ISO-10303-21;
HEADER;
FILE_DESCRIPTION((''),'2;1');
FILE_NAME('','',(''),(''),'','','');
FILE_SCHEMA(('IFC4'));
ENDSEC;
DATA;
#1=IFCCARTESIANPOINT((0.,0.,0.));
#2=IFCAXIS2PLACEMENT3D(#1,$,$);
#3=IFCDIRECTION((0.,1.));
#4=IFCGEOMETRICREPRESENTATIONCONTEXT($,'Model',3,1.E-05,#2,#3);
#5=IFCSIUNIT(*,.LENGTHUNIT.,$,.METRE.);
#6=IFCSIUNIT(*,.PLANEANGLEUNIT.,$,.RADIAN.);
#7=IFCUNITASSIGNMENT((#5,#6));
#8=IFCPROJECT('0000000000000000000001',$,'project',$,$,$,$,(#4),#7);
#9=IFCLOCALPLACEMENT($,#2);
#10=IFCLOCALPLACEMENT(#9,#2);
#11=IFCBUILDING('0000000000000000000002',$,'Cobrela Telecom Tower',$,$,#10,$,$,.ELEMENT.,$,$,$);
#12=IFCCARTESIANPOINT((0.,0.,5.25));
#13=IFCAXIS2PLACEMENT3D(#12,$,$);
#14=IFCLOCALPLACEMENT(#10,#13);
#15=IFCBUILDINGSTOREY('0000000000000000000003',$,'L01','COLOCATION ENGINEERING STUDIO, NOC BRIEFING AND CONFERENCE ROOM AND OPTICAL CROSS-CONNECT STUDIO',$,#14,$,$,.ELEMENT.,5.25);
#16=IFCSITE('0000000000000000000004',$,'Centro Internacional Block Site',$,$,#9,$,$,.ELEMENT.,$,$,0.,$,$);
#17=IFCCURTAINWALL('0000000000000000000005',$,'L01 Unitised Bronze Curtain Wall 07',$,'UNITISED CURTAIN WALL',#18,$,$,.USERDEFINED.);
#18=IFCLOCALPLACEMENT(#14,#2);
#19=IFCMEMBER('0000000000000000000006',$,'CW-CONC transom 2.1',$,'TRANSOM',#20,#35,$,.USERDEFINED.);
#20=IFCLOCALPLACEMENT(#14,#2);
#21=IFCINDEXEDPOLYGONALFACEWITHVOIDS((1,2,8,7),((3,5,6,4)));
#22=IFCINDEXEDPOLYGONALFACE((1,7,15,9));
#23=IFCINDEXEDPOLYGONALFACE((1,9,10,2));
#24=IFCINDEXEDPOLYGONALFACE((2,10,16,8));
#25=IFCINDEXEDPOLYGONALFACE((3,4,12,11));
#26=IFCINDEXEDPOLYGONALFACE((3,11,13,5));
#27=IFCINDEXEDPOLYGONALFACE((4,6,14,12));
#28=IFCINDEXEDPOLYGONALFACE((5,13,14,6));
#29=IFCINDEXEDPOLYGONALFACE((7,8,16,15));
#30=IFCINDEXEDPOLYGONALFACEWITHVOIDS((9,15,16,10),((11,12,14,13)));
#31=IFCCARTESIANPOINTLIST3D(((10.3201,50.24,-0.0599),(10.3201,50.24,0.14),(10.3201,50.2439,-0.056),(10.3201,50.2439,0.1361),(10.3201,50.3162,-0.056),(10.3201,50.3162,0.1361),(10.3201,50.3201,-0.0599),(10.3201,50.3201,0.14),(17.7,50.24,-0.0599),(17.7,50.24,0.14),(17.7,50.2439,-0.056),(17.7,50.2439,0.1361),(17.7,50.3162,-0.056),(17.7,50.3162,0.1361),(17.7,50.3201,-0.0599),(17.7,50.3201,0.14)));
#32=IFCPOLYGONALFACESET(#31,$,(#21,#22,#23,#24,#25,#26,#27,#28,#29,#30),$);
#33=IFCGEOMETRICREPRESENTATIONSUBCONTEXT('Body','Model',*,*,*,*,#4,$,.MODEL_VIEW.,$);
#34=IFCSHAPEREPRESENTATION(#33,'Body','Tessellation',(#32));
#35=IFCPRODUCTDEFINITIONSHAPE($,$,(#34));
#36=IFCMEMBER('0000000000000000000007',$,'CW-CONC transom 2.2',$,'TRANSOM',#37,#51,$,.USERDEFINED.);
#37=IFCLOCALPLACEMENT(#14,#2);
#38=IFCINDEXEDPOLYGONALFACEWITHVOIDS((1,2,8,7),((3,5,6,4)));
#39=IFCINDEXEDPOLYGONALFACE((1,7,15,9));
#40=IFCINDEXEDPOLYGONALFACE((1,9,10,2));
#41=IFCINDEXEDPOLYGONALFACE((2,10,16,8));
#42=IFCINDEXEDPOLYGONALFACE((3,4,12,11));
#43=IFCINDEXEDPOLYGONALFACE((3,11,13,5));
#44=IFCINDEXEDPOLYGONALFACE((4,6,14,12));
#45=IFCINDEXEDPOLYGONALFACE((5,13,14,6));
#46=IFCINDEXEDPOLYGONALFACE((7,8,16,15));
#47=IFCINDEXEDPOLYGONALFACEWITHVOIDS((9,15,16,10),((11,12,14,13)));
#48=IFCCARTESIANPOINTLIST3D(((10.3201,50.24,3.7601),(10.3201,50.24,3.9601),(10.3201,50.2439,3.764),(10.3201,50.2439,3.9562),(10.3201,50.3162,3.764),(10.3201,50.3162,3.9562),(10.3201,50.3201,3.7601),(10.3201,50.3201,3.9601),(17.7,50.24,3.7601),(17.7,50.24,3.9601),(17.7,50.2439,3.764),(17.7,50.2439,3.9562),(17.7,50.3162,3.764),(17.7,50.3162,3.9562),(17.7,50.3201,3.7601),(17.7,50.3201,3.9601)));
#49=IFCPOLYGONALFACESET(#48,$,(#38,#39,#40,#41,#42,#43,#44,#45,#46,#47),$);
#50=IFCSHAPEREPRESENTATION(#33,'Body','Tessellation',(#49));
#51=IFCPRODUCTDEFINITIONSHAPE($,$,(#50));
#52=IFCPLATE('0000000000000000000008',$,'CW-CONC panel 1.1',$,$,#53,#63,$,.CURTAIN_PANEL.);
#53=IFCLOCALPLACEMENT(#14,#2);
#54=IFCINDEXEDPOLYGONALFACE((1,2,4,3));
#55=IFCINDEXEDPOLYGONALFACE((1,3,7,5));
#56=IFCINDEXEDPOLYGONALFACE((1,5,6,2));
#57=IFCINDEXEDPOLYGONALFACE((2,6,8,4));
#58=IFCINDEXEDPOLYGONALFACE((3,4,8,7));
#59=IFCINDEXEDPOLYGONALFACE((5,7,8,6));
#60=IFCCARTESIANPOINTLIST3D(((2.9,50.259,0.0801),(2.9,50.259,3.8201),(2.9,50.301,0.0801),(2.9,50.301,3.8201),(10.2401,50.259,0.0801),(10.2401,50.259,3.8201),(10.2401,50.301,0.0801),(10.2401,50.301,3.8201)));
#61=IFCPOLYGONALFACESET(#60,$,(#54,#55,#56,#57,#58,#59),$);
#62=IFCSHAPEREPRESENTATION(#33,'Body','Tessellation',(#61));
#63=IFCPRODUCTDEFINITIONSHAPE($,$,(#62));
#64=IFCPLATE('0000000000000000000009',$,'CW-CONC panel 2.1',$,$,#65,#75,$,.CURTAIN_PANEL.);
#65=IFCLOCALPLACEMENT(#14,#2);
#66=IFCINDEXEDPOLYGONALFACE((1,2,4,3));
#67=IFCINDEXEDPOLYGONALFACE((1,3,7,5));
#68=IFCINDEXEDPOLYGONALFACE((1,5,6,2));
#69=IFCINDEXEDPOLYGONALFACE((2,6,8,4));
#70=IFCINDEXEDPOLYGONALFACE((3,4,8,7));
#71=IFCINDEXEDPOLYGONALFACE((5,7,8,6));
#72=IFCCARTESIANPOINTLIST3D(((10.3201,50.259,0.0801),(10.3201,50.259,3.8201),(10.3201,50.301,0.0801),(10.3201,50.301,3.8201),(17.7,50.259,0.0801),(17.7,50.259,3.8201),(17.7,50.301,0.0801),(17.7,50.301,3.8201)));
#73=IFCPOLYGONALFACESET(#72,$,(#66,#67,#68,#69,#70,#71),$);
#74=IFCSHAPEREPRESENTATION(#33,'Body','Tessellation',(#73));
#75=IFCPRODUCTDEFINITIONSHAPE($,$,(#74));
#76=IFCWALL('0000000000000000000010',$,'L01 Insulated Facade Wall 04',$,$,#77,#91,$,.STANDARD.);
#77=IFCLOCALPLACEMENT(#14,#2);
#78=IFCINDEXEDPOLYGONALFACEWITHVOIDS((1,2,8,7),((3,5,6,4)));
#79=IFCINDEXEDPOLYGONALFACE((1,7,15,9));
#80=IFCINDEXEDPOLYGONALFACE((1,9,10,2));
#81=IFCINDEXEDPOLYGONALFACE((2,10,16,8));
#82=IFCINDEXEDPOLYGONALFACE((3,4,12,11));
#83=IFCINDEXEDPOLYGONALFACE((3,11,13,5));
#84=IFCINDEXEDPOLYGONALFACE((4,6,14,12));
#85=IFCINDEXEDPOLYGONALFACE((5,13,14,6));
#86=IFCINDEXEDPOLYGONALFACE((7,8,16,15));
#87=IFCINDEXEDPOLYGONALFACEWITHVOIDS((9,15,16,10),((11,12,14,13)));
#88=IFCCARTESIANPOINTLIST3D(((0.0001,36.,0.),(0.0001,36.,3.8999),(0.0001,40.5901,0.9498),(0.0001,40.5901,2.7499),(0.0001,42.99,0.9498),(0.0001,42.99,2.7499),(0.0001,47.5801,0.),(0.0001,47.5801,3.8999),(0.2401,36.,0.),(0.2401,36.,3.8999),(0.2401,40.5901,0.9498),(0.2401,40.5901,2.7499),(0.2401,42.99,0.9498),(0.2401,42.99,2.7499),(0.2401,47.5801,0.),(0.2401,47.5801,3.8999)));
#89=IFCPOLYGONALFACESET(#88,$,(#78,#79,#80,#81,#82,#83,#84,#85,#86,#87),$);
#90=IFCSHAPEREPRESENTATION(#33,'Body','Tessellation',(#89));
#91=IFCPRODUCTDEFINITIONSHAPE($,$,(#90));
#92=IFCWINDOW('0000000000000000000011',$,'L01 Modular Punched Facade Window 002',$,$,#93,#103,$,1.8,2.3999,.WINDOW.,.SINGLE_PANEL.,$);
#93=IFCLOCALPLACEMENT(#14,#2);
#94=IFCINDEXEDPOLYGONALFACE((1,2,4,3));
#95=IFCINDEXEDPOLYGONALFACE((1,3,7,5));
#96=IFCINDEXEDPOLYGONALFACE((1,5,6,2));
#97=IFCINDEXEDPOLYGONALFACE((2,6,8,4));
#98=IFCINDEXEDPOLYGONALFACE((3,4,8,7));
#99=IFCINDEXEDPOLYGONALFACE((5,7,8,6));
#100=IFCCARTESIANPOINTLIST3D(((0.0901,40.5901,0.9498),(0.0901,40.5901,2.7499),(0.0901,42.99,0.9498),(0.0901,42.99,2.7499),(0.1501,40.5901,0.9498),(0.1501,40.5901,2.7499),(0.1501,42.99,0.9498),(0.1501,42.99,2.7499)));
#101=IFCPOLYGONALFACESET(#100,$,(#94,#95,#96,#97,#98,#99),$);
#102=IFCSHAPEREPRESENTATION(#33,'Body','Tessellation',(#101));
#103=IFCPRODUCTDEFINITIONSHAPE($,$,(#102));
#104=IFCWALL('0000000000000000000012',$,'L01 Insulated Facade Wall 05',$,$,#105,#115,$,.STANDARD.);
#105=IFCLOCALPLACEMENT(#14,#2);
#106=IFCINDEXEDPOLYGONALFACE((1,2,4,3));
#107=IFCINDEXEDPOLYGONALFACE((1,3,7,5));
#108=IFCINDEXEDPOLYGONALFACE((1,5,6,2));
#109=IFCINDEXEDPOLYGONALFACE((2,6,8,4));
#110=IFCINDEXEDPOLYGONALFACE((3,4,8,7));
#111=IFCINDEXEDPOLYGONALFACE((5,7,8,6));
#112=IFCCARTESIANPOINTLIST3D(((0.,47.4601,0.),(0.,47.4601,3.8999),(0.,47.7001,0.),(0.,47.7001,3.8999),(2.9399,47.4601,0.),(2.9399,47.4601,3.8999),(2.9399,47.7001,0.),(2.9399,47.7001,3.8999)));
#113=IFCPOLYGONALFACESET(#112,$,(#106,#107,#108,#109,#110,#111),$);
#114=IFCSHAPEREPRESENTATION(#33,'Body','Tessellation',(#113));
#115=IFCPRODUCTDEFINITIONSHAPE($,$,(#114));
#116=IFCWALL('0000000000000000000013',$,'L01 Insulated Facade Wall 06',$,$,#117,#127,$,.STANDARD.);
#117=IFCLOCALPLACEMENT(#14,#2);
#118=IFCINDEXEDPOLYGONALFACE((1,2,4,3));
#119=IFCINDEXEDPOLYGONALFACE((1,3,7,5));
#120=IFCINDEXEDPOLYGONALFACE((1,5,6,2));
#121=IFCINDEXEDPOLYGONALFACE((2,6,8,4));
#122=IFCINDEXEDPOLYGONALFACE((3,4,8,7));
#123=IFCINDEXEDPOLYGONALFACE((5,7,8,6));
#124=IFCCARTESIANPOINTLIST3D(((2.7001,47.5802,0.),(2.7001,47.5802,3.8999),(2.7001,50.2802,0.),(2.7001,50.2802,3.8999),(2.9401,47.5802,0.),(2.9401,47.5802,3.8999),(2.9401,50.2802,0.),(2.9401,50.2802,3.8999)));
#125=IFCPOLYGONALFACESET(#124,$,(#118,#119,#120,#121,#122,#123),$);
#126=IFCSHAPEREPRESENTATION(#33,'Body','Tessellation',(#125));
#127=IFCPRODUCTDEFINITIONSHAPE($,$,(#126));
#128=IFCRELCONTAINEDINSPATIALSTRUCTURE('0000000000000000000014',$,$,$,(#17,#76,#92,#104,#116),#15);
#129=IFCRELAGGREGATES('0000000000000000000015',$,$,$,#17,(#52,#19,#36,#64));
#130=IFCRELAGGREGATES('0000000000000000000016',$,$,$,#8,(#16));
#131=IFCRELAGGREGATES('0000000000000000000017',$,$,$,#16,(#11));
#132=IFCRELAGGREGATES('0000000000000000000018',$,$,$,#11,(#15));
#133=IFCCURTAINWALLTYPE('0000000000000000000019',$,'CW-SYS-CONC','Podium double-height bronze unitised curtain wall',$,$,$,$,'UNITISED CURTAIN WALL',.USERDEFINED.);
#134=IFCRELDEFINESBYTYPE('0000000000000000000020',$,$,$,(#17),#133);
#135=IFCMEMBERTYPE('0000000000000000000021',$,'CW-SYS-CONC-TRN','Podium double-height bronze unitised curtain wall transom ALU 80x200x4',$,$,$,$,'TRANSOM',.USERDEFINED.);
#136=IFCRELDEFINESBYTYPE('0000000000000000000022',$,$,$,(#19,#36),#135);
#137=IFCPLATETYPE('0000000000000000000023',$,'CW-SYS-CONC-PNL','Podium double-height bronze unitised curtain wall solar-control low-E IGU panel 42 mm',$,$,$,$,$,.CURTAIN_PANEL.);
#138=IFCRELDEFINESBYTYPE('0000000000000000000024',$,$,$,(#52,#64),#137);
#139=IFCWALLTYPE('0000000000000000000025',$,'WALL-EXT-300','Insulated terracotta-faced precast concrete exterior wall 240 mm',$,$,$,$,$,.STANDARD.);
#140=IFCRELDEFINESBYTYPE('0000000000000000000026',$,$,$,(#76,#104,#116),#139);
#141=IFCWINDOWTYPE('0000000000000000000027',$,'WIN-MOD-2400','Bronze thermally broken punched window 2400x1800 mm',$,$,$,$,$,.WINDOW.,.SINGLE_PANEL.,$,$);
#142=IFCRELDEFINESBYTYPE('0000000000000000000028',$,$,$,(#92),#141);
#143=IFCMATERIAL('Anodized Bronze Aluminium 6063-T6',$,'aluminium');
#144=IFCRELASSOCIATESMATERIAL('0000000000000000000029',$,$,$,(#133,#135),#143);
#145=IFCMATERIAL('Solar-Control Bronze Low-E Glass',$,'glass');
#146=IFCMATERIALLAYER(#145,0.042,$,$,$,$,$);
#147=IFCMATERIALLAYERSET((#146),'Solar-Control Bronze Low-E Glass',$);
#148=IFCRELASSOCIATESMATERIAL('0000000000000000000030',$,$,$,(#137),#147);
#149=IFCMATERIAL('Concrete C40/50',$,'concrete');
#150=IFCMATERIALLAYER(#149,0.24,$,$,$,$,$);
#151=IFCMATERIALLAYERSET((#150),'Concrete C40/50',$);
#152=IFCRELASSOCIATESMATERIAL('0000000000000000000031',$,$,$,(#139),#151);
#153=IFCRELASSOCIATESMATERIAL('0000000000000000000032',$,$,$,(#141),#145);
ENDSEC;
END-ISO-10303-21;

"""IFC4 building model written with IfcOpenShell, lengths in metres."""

from ifc_helpers import new_model, si_unit, direction, frame, frame_2d, origin, origin_2d, place, context, subcontext, project, spatial, rectangle, hollow_rectangle, extrude, material, layer, layer_set, material_profile, profile_set, type_object, element, fill, aggregate, save


model = new_model("IFC4")

# Units and contexts
model_context = context("Model", 3, precision=1e-05, world=origin(), true_north=direction((0.0, 1.0)))
body_context = subcontext(model_context, "Body", "Model", "MODEL_VIEW")
ifc_project = project(units=[si_unit("LENGTHUNIT", "METRE"), si_unit("PLANEANGLEUNIT", "RADIAN")], contexts=[model_context])

# Site, building, storey
site_placement = place(None, origin())
site = spatial("IfcSite", under=ifc_project, at=site_placement, Name="Centro Internacional Block Site", CompositionType="ELEMENT", RefElevation=0.0)
building_placement = place(site_placement, origin())
building = spatial("IfcBuilding", under=site, at=building_placement, Name="Cobrela Telecom Tower", CompositionType="ELEMENT")
storey_placement = place(building_placement, frame((0.0, 0.0, 5.25)))
storey = spatial("IfcBuildingStorey", under=building, at=storey_placement, Name="L01", Description="COLOCATION ENGINEERING STUDIO, NOC BRIEFING AND CONFERENCE ROOM AND OPTICAL CROSS-CONNECT STUDIO", CompositionType="ELEMENT", Elevation=5.25)

# Shared definitions
ifc_material_1 = material(Name="Concrete C40/50", Category="concrete")

# Curtain wall, members, plates
ifc_material_2 = material(Name="Anodized Bronze Aluminium 6063-T6", Category="aluminium")
curtain_wall_type = type_object("IfcCurtainWallType", Name="CW-SYS-CONC", Description="Podium double-height bronze unitised curtain wall", ElementType="UNITISED CURTAIN WALL", PredefinedType="USERDEFINED", material=ifc_material_2)
curtain_wall_placement = place(storey_placement, origin())
curtain_wall = element("IfcCurtainWall", 1, at=curtain_wall_placement, inside=storey, type_object=curtain_wall_type, Name="L01 Unitised Bronze Curtain Wall 07", ObjectType="UNITISED CURTAIN WALL", PredefinedType="USERDEFINED")
ifc_material_profile_1 = material_profile(ifc_material_2, hollow_rectangle(XDim=0.0801, YDim=0.2, WallThickness=0.0039, at=origin_2d()), Name="ALU 80x200x4")
ifc_profile_set_1 = profile_set([ifc_material_profile_1], Name="Anodized Bronze Aluminium 6063-T6")
member_type_1 = type_object("IfcMemberType", Name="CW-SYS-CONC-TRN", Description="Podium double-height bronze unitised curtain wall transom ALU 80x200x4", ElementType="TRANSOM", PredefinedType="USERDEFINED", material=ifc_profile_set_1)
member_1_placement = place(storey_placement, frame((10.3201, 50.28, 0.04), z_axis=(1.0, 0.0, 0.0), x_axis=(0.0, 1.0, 0.0)))
member_1 = element("IfcMember", 2, at=member_1_placement, type_object=member_type_1, Name="CW-CONC transom 2.1", ObjectType="TRANSOM", PredefinedType="USERDEFINED", context=body_context, shape_type="SweptSolid", body=[
    extrude(hollow_rectangle(XDim=0.0801, YDim=0.2, WallThickness=0.0039, at=origin_2d()), origin(), (0.0, 0.0, 1.0), 7.3799),
])
member_2_placement = place(storey_placement, frame((10.3201, 50.28, 3.8601), z_axis=(1.0, 0.0, 0.0), x_axis=(0.0, 1.0, 0.0)))
member_2 = element("IfcMember", 3, at=member_2_placement, type_object=member_type_1, Name="CW-CONC transom 2.2", ObjectType="TRANSOM", PredefinedType="USERDEFINED", context=body_context, shape_type="SweptSolid", body=[
    extrude(hollow_rectangle(XDim=0.0801, YDim=0.2, WallThickness=0.0039, at=origin_2d()), origin(), (0.0, 0.0, 1.0), 7.3799),
])
ifc_material_3 = material(Name="Solar-Control Bronze Low-E Glass", Category="glass")
ifc_layer_1 = layer(ifc_material_3, 0.042)
ifc_layer_set_1 = layer_set([ifc_layer_1], Name="Solar-Control Bronze Low-E Glass")
plate_type = type_object("IfcPlateType", Name="CW-SYS-CONC-PNL", Description="Podium double-height bronze unitised curtain wall solar-control low-E IGU panel 42 mm", PredefinedType="CURTAIN_PANEL", material=ifc_layer_set_1)
plate_1_placement = place(storey_placement, frame((6.5701, 50.28, 0.0801), z_axis=(0.0, 0.0, 1.0), x_axis=(1.0, 0.0, 0.0)))
plate_1 = element("IfcPlate", 4, at=plate_1_placement, type_object=plate_type, Name="CW-CONC panel 1.1", PredefinedType="CURTAIN_PANEL", context=body_context, shape_type="SweptSolid", body=[
    extrude(rectangle(XDim=7.3401, YDim=0.042, at=origin_2d()), origin(), (0.0, 0.0, 1.0), 3.74),
])
plate_2_placement = place(storey_placement, frame((14.01, 50.28, 0.0801), z_axis=(0.0, 0.0, 1.0), x_axis=(1.0, 0.0, 0.0)))
plate_2 = element("IfcPlate", 5, at=plate_2_placement, type_object=plate_type, Name="CW-CONC panel 2.1", PredefinedType="CURTAIN_PANEL", context=body_context, shape_type="SweptSolid", body=[
    extrude(rectangle(XDim=7.3799, YDim=0.042, at=origin_2d()), origin(), (0.0, 0.0, 1.0), 3.74),
])
aggregate(curtain_wall, [plate_1, member_1, member_2, plate_2])

# Wall, opening, window
ifc_layer_2 = layer(ifc_material_1, 0.24)
ifc_layer_set_2 = layer_set([ifc_layer_2], Name="Concrete C40/50")
wall_type = type_object("IfcWallType", Name="WALL-EXT-300", Description="Insulated terracotta-faced precast concrete exterior wall 240 mm", PredefinedType="STANDARD", material=ifc_layer_set_2)
wall_1_placement = place(storey_placement, frame((0.1201, 36.0, 0.0), z_axis=(0.0, 0.0, 1.0), x_axis=(0.0, 1.0, 0.0)))
wall_1 = element("IfcWall", 6, at=wall_1_placement, inside=storey, type_object=wall_type, Name="L01 Insulated Facade Wall 04", PredefinedType="STANDARD", context=body_context, shape_type="SweptSolid", body=[
    extrude(rectangle(XDim=11.5801, YDim=0.24, at=frame_2d((5.79, 0.0))), origin(), (0.0, 0.0, 1.0), 3.8999),
])
opening_placement = place(wall_1_placement, frame((4.5901, 0.0, 0.95)))
opening = element("IfcOpeningElement", 7, at=opening_placement, cuts=wall_1, PredefinedType="OPENING", context=body_context, shape_type="SweptSolid", body=[
    extrude(rectangle(XDim=2.3999, YDim=1.8, at=frame_2d((1.2, 0.8999))), frame((0.0, 0.1318, 0.0), z_axis=(0.0, -1.0, 0.0), x_axis=(1.0, 0.0, 0.0)), (0.0, 0.0, 1.0), 0.2639),
])
window_type = type_object("IfcWindowType", Name="WIN-MOD-2400", Description="Bronze thermally broken punched window 2400x1800 mm", PartitioningType="SINGLE_PANEL", PredefinedType="WINDOW", material=ifc_material_3)
window_placement = place(opening_placement, origin())
window = element("IfcWindow", 8, at=window_placement, inside=storey, type_object=window_type, Name="L01 Modular Punched Facade Window 002", OverallHeight=1.8, OverallWidth=2.3999, PartitioningType="SINGLE_PANEL", PredefinedType="WINDOW", context=body_context, shape_type="SweptSolid", body=[
    extrude(rectangle(XDim=2.3999, YDim=1.8, at=frame_2d((1.2, 0.8999))), frame((0.0, 0.03, 0.0), z_axis=(0.0, -1.0, 0.0), x_axis=(1.0, 0.0, 0.0)), (0.0, 0.0, 1.0), 0.0601),
])
fill(opening, window)

# Walls
wall_2_placement = place(storey_placement, frame((0.0, 47.5801, 0.0), z_axis=(0.0, 0.0, 1.0), x_axis=(1.0, 0.0, 0.0)))
element("IfcWall", 9, at=wall_2_placement, inside=storey, type_object=wall_type, Name="L01 Insulated Facade Wall 05", PredefinedType="STANDARD", context=body_context, shape_type="SweptSolid", body=[
    extrude(rectangle(XDim=2.9399, YDim=0.24, at=frame_2d((1.47, 0.0))), origin(), (0.0, 0.0, 1.0), 3.8999),
])
wall_3_placement = place(storey_placement, frame((2.8201, 47.5801, 0.0), z_axis=(0.0, 0.0, 1.0), x_axis=(0.0, 1.0, 0.0)))
element("IfcWall", 10, at=wall_3_placement, inside=storey, type_object=wall_type, Name="L01 Insulated Facade Wall 06", PredefinedType="STANDARD", context=body_context, shape_type="SweptSolid", body=[
    extrude(rectangle(XDim=2.7, YDim=0.24, at=frame_2d((1.3501, 0.0))), origin(), (0.0, 0.0, 1.0), 3.8999),
])

save(model, "model.ifc")
